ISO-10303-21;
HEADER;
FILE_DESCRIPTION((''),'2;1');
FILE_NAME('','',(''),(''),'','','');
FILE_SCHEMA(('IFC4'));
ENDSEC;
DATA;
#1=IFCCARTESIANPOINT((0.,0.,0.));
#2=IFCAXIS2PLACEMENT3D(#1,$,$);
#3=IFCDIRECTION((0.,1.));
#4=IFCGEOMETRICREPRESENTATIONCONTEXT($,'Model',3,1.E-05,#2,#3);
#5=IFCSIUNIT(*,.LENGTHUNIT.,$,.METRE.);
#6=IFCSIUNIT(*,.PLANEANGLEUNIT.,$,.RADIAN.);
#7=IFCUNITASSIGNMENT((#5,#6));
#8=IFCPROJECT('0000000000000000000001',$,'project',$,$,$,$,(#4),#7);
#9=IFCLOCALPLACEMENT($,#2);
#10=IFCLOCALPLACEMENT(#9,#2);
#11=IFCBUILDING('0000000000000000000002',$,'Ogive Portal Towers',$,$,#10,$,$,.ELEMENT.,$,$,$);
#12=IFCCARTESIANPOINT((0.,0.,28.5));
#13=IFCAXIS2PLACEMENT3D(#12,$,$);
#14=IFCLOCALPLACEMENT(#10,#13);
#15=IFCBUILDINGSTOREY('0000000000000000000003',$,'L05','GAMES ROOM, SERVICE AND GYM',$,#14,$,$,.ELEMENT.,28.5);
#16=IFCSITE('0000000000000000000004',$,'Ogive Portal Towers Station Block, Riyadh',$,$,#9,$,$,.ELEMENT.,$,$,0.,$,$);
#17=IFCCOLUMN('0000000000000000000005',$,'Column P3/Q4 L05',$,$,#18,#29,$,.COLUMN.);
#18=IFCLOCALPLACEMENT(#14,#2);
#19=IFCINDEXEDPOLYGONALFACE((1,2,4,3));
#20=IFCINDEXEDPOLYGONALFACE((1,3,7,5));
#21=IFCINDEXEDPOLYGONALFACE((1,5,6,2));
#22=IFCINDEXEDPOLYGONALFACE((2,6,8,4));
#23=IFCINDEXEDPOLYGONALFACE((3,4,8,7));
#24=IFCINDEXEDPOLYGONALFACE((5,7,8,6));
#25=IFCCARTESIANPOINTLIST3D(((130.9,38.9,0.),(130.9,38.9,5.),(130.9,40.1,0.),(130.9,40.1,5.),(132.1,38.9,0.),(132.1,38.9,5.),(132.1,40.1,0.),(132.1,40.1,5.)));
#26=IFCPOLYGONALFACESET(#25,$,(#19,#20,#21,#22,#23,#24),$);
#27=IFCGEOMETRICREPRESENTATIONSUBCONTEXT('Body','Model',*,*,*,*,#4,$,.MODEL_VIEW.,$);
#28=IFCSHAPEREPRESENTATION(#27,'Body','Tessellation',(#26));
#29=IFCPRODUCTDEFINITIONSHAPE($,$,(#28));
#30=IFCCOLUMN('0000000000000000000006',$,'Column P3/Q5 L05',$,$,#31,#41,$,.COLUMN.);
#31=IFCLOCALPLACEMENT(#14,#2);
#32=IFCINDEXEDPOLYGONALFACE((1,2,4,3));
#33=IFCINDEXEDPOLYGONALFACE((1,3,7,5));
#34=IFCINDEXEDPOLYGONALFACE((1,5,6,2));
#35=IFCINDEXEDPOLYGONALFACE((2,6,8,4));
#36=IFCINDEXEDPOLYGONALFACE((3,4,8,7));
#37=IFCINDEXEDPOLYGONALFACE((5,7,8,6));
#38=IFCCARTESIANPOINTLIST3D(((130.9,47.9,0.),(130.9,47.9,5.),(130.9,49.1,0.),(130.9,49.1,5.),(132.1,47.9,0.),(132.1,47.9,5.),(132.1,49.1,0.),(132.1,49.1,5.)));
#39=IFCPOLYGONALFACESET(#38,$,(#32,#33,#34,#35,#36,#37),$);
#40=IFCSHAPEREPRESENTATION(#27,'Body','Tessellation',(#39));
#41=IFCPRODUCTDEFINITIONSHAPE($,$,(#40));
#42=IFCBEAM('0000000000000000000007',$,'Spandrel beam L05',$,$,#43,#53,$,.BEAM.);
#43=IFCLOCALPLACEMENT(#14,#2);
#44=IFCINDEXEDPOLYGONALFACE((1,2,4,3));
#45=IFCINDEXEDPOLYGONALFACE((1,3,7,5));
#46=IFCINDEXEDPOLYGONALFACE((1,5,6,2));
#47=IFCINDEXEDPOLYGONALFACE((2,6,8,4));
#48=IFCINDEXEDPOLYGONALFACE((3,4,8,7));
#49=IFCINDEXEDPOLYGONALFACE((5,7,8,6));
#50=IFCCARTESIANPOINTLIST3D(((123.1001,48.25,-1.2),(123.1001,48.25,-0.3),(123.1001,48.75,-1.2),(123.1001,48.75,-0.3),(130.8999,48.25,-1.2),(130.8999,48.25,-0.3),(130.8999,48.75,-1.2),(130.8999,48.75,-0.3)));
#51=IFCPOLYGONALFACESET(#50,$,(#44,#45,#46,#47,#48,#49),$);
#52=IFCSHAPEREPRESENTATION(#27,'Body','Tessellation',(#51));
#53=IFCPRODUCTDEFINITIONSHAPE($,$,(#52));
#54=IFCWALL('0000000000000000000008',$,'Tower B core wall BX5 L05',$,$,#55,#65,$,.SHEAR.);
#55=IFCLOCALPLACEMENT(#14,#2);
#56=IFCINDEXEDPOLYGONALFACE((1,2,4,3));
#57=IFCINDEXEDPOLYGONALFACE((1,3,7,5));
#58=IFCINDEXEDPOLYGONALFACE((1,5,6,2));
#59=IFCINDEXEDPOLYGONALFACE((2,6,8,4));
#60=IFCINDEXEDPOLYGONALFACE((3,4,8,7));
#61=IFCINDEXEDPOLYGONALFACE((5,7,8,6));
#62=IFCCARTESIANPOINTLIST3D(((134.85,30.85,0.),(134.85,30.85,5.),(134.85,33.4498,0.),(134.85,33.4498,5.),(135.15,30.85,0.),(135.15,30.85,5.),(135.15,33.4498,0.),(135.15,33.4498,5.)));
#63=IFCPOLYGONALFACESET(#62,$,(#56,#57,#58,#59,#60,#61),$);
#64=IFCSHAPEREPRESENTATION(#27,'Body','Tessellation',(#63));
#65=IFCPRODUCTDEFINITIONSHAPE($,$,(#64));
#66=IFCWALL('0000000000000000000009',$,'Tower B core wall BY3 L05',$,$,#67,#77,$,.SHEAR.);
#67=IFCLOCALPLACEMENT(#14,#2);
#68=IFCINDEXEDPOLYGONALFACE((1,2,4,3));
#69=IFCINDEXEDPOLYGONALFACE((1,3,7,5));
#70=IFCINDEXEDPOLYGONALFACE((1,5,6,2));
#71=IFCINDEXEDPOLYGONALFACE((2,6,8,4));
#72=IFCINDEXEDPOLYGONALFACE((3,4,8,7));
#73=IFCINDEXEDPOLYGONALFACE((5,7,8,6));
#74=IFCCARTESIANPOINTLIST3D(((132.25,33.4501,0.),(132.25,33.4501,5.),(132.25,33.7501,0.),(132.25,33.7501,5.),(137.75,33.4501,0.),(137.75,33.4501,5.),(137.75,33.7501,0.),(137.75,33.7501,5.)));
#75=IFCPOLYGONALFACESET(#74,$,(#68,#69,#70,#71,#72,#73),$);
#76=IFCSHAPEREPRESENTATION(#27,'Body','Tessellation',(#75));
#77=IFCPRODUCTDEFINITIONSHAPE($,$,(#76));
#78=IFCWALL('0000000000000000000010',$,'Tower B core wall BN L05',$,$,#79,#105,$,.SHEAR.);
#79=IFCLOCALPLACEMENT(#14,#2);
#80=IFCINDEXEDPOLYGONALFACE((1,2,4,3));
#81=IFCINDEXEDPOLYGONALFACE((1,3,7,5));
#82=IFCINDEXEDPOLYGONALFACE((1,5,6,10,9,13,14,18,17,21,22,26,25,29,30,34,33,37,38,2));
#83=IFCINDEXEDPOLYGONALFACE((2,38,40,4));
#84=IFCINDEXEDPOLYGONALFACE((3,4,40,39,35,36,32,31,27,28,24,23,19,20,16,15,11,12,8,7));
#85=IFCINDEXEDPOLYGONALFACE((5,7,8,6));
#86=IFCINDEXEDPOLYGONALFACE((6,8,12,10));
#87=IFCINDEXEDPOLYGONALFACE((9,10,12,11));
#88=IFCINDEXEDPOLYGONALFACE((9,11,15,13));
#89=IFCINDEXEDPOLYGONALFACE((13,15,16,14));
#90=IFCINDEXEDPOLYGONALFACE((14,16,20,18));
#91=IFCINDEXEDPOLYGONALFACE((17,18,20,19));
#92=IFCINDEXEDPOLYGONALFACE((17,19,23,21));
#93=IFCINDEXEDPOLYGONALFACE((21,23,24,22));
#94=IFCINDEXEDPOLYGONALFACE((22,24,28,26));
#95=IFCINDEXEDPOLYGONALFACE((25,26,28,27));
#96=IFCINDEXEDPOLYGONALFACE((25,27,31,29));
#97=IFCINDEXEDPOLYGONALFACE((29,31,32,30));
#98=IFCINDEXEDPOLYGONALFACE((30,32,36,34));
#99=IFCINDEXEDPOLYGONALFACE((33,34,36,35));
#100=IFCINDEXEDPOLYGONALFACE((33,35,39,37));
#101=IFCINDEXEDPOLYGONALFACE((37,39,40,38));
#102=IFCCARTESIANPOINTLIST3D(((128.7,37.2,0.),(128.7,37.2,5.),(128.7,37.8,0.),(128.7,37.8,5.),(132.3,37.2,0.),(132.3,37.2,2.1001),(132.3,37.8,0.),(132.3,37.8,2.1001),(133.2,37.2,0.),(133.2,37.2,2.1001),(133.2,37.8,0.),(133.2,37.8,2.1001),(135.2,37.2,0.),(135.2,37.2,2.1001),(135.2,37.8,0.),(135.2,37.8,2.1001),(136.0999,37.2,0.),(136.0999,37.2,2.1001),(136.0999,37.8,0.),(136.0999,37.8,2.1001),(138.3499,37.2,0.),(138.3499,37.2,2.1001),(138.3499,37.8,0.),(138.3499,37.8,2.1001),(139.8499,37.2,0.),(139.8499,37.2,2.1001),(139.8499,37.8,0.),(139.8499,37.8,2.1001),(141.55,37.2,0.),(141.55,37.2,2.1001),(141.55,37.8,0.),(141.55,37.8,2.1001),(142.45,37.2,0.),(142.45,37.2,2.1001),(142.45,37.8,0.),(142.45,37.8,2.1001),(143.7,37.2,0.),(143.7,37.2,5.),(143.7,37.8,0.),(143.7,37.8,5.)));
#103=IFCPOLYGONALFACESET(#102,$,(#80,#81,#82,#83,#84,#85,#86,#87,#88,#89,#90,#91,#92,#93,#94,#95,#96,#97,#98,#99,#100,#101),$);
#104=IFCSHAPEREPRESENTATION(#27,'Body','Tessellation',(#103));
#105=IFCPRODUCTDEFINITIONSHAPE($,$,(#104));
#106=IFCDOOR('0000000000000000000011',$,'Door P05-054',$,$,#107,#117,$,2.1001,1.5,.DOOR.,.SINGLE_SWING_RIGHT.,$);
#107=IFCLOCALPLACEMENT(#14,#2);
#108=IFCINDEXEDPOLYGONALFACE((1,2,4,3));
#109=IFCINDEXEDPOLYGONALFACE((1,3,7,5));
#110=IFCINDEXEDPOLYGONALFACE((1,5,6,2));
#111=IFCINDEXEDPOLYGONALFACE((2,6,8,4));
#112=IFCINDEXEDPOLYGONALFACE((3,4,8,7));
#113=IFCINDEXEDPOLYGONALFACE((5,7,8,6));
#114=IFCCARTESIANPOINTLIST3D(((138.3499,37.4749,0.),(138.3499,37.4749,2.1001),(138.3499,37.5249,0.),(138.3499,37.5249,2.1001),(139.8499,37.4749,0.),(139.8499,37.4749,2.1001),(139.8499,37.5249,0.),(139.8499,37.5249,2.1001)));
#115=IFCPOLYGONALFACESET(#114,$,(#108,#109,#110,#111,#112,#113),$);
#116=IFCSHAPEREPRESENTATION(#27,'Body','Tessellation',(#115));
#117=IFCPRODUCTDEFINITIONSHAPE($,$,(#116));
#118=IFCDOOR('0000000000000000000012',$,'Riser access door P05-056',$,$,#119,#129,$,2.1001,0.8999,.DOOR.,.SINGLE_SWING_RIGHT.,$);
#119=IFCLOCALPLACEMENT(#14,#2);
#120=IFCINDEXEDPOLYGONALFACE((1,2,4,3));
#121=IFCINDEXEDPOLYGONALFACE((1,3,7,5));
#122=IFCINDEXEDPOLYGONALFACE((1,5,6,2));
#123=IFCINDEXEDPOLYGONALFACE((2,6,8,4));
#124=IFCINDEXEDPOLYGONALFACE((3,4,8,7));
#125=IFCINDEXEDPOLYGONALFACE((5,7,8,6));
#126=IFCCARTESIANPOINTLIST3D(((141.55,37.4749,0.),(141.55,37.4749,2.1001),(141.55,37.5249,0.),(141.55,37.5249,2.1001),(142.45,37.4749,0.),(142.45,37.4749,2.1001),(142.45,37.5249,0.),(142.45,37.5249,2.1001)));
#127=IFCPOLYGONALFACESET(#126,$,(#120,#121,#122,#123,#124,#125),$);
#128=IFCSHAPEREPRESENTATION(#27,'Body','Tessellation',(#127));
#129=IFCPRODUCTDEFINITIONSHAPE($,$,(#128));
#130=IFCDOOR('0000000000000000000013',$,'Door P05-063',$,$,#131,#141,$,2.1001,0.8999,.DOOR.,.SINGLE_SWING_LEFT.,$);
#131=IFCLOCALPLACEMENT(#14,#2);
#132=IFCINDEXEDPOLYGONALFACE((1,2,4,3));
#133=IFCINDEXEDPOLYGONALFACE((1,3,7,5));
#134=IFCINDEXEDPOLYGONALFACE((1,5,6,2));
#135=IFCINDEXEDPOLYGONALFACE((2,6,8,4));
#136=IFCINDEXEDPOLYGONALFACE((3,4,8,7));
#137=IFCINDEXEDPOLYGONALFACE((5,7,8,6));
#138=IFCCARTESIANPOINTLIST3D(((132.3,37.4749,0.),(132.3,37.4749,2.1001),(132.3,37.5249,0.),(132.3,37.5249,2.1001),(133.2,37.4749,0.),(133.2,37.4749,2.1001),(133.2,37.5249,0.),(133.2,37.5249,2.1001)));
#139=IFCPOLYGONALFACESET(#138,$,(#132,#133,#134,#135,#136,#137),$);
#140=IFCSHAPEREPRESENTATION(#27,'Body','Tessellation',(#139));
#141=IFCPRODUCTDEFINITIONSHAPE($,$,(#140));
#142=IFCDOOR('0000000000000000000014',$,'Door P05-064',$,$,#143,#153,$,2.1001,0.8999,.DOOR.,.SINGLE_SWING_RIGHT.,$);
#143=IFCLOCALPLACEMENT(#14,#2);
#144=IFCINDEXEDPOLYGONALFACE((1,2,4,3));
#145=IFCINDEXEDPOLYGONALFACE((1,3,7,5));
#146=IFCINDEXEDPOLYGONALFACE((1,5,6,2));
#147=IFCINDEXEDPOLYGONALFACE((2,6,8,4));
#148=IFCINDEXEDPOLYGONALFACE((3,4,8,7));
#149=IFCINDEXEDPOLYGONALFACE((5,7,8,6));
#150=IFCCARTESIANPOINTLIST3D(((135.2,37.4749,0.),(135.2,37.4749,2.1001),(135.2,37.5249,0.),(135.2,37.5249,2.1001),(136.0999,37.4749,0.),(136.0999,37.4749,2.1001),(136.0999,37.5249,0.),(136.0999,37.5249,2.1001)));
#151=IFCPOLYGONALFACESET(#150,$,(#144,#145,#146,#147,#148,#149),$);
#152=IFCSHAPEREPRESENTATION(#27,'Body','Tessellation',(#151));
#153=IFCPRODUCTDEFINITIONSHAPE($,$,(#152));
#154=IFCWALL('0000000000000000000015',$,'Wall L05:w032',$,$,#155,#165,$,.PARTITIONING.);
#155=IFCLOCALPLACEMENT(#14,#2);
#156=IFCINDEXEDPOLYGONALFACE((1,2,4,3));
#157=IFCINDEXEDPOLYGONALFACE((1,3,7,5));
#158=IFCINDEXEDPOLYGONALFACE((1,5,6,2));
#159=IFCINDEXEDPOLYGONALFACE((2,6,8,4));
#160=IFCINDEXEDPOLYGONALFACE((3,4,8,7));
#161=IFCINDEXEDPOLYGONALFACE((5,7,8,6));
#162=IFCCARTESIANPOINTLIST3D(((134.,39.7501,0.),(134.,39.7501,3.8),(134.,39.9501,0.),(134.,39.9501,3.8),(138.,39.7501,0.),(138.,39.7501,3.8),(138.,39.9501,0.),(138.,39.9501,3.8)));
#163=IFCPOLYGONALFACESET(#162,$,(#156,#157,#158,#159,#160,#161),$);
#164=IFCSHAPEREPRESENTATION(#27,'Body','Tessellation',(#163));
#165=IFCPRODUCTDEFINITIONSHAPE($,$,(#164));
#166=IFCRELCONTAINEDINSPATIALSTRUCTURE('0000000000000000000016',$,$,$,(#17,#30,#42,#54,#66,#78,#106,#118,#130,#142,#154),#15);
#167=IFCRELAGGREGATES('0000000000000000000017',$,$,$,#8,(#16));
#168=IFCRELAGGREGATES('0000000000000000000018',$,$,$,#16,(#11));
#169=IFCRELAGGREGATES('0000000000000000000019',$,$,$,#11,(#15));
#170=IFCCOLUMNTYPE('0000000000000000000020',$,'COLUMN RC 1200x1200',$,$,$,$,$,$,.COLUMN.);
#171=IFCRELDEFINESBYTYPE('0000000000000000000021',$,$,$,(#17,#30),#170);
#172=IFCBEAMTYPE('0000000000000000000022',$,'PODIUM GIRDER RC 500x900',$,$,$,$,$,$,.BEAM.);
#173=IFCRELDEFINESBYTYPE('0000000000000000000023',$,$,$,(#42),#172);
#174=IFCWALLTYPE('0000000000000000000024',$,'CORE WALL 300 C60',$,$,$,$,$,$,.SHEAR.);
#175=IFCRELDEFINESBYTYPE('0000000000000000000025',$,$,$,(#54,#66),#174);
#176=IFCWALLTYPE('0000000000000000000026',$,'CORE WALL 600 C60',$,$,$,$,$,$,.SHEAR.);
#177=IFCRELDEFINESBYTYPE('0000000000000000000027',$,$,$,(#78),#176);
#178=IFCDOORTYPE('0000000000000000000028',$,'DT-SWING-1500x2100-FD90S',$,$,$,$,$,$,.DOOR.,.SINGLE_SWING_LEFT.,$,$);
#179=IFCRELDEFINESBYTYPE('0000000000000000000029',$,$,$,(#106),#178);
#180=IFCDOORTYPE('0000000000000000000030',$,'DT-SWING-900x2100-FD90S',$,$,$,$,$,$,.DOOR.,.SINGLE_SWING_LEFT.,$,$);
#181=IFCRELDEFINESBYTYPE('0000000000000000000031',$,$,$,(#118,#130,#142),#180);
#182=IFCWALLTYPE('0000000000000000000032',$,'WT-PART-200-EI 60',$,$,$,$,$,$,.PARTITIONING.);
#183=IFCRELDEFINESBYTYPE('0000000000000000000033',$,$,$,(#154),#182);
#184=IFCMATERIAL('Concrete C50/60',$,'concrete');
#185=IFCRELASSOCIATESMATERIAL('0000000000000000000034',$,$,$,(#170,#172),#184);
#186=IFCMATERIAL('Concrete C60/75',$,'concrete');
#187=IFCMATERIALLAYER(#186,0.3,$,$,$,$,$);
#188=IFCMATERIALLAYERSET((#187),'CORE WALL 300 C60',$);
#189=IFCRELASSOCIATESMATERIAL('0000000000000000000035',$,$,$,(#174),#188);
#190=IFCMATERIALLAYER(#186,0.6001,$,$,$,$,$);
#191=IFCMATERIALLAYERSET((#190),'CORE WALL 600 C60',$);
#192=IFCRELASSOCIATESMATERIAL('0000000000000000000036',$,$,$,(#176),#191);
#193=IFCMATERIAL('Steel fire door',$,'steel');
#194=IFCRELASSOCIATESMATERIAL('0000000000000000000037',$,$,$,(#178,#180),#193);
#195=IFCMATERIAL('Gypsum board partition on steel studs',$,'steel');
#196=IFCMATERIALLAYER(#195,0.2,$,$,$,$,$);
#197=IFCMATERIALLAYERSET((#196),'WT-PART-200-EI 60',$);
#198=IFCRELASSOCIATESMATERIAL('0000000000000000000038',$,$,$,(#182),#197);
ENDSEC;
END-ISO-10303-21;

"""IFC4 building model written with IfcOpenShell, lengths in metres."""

from ifc_helpers import new_model, si_unit, direction, frame, frame_2d, origin, origin_2d, place, context, subcontext, project, spatial, rectangle, extrude, material, layer, layer_set, material_profile, profile_set, type_object, element, fill, save


model = new_model("IFC4")

# Units and contexts
model_context = context("Model", 3, precision=1e-05, world=origin(), true_north=direction((0.0, 1.0)))
body_context = subcontext(model_context, "Body", "Model", "MODEL_VIEW")
ifc_project = project(units=[si_unit("LENGTHUNIT", "METRE"), si_unit("PLANEANGLEUNIT", "RADIAN")], contexts=[model_context])

# Site, building, storey
site_placement = place(None, origin())
site = spatial("IfcSite", under=ifc_project, at=site_placement, Name="Ogive Portal Towers Station Block, Riyadh", CompositionType="ELEMENT", RefElevation=0.0)
building_placement = place(site_placement, origin())
building = spatial("IfcBuilding", under=site, at=building_placement, Name="Ogive Portal Towers", CompositionType="ELEMENT")
storey_placement = place(building_placement, frame((0.0, 0.0, 28.5)))
storey = spatial("IfcBuildingStorey", under=building, at=storey_placement, Name="L05", Description="GAMES ROOM, SERVICE AND GYM", CompositionType="ELEMENT", Elevation=28.5)

# Columns
ifc_material_1 = material(Name="Concrete C50/60", Category="concrete")
ifc_material_profile_1 = material_profile(ifc_material_1, rectangle(XDim=1.2, YDim=1.2, at=origin_2d()), Name="RC 1200x1200")
ifc_profile_set_1 = profile_set([ifc_material_profile_1], Name="Concrete C50/60")
column_type = type_object("IfcColumnType", Name="COLUMN RC 1200x1200", PredefinedType="COLUMN", material=ifc_profile_set_1)
for number, where, z_axis, x_axis, name in (
    (1, (131.5, 39.5, 0.0), (0.0, 0.0, 1.0), (1.0, 0.0, 0.0), "Column P3/Q4 L05"),
    (2, (131.5, 48.5, 0.0), (0.0, 0.0, 1.0), (1.0, 0.0, 0.0), "Column P3/Q5 L05"),
):
    element("IfcColumn", number, at=place(storey_placement, frame(where, z_axis=z_axis, x_axis=x_axis)), inside=storey, type_object=column_type, Name=name, PredefinedType="COLUMN", context=body_context, shape_type="SweptSolid", body=[
        extrude(rectangle(XDim=1.2, YDim=1.2, at=origin_2d()), origin(), (0.0, 0.0, 1.0), 5.0),
    ])

# Beam
ifc_material_profile_2 = material_profile(ifc_material_1, rectangle(XDim=0.5, YDim=0.8999, at=origin_2d()), Name="RC 500x900")
ifc_profile_set_2 = profile_set([ifc_material_profile_2], Name="Concrete C50/60")
beam_type = type_object("IfcBeamType", Name="PODIUM GIRDER RC 500x900", PredefinedType="BEAM", material=ifc_profile_set_2)
beam_placement = place(storey_placement, frame((130.8999, 48.5, -0.75), z_axis=(-1.0, 0.0, 0.0), x_axis=(0.0, -1.0, 0.0)))
element("IfcBeam", 3, at=beam_placement, inside=storey, type_object=beam_type, Name="Spandrel beam L05", PredefinedType="BEAM", context=body_context, shape_type="SweptSolid", body=[
    extrude(rectangle(XDim=0.5, YDim=0.8999, at=origin_2d()), origin(), (0.0, 0.0, 1.0), 7.7998),
])

# Walls
ifc_material_2 = material(Name="Concrete C60/75", Category="concrete")
ifc_layer_1 = layer(ifc_material_2, 0.3)
ifc_layer_set_1 = layer_set([ifc_layer_1], Name="CORE WALL 300 C60")
wall_type_1 = type_object("IfcWallType", Name="CORE WALL 300 C60", PredefinedType="SHEAR", material=ifc_layer_set_1)
wall_1_placement = place(storey_placement, frame((135.0, 30.8501, 0.0), z_axis=(0.0, 0.0, 1.0), x_axis=(0.0, 1.0, 0.0)))
element("IfcWall", 4, at=wall_1_placement, inside=storey, type_object=wall_type_1, Name="Tower B core wall BX5 L05", PredefinedType="SHEAR", context=body_context, shape_type="SweptSolid", body=[
    extrude(rectangle(XDim=2.5999, YDim=0.3, at=frame_2d((1.2998, 0.0))), origin(), (0.0, 0.0, 1.0), 5.0),
])
wall_2_placement = place(storey_placement, frame((132.25, 33.6001, 0.0), z_axis=(0.0, 0.0, 1.0), x_axis=(1.0, 0.0, 0.0)))
element("IfcWall", 5, at=wall_2_placement, inside=storey, type_object=wall_type_1, Name="Tower B core wall BY3 L05", PredefinedType="SHEAR", context=body_context, shape_type="SweptSolid", body=[
    extrude(rectangle(XDim=5.5, YDim=0.3, at=frame_2d((2.75, 0.0))), origin(), (0.0, 0.0, 1.0), 5.0),
])

# Wall, openings, doors
ifc_layer_2 = layer(ifc_material_2, 0.6001)
ifc_layer_set_2 = layer_set([ifc_layer_2], Name="CORE WALL 600 C60")
wall_type_2 = type_object("IfcWallType", Name="CORE WALL 600 C60", PredefinedType="SHEAR", material=ifc_layer_set_2)
wall_3_placement = place(storey_placement, frame((128.7, 37.5, 0.0), z_axis=(0.0, 0.0, 1.0), x_axis=(1.0, 0.0, 0.0)))
wall_3 = element("IfcWall", 6, at=wall_3_placement, inside=storey, type_object=wall_type_2, Name="Tower B core wall BN L05", PredefinedType="SHEAR", context=body_context, shape_type="SweptSolid", body=[
    extrude(rectangle(XDim=15.0, YDim=0.6001, at=frame_2d((7.5, 0.0))), origin(), (0.0, 0.0, 1.0), 5.0),
])
opening_1_placement = place(wall_3_placement, frame((9.6499, 0.0, 0.0)))
opening_1 = element("IfcOpeningElement", 7, at=opening_1_placement, cuts=wall_3, PredefinedType="OPENING", context=body_context, shape_type="SweptSolid", body=[
    extrude(rectangle(XDim=1.5, YDim=2.1001, at=frame_2d((0.75, 1.05))), frame((0.0, 0.3101, 0.0), z_axis=(0.0, -1.0, 0.0), x_axis=(1.0, 0.0, 0.0)), (0.0, 0.0, 1.0), 0.6201),
])
opening_2_placement = place(wall_3_placement, frame((12.8501, 0.0, 0.0)))
opening_2 = element("IfcOpeningElement", 8, at=opening_2_placement, cuts=wall_3, PredefinedType="OPENING", context=body_context, shape_type="SweptSolid", body=[
    extrude(rectangle(XDim=0.8999, YDim=2.1001, at=frame_2d((0.45, 1.05))), frame((0.0, 0.3101, 0.0), z_axis=(0.0, -1.0, 0.0), x_axis=(1.0, 0.0, 0.0)), (0.0, 0.0, 1.0), 0.6201),
])
opening_3_placement = place(wall_3_placement, frame((3.6001, 0.0, 0.0)))
opening_3 = element("IfcOpeningElement", 9, at=opening_3_placement, cuts=wall_3, PredefinedType="OPENING", context=body_context, shape_type="SweptSolid", body=[
    extrude(rectangle(XDim=0.8999, YDim=2.1001, at=frame_2d((0.45, 1.05))), frame((0.0, 0.3101, 0.0), z_axis=(0.0, -1.0, 0.0), x_axis=(1.0, 0.0, 0.0)), (0.0, 0.0, 1.0), 0.6201),
])
opening_4_placement = place(wall_3_placement, frame((6.5, 0.0, 0.0)))
opening_4 = element("IfcOpeningElement", 10, at=opening_4_placement, cuts=wall_3, PredefinedType="OPENING", context=body_context, shape_type="SweptSolid", body=[
    extrude(rectangle(XDim=0.8999, YDim=2.1001, at=frame_2d((0.45, 1.05))), frame((0.0, 0.3101, 0.0), z_axis=(0.0, -1.0, 0.0), x_axis=(1.0, 0.0, 0.0)), (0.0, 0.0, 1.0), 0.6201),
])
ifc_material_3 = material(Name="Steel fire door", Category="steel")
door_type_1 = type_object("IfcDoorType", Name="DT-SWING-1500x2100-FD90S", OperationType="SINGLE_SWING_LEFT", PredefinedType="DOOR", material=ifc_material_3)
door_1_placement = place(opening_1_placement, origin())
door_1 = element("IfcDoor", 11, at=door_1_placement, inside=storey, type_object=door_type_1, Name="Door P05-054", OperationType="SINGLE_SWING_RIGHT", OverallHeight=2.1001, OverallWidth=1.5, PredefinedType="DOOR", context=body_context, shape_type="SweptSolid", body=[
    extrude(rectangle(XDim=1.5, YDim=2.1001, at=frame_2d((0.75, 1.05))), frame((0.0, 0.0249, 0.0), z_axis=(0.0, -1.0, 0.0), x_axis=(1.0, 0.0, 0.0)), (0.0, 0.0, 1.0), 0.05),
])
fill(opening_1, door_1)
door_type_2 = type_object("IfcDoorType", Name="DT-SWING-900x2100-FD90S", OperationType="SINGLE_SWING_LEFT", PredefinedType="DOOR", material=ifc_material_3)
door_2_placement = place(opening_2_placement, origin())
door_2 = element("IfcDoor", 12, at=door_2_placement, inside=storey, type_object=door_type_2, Name="Riser access door P05-056", OperationType="SINGLE_SWING_RIGHT", OverallHeight=2.1001, OverallWidth=0.8999, PredefinedType="DOOR", context=body_context, shape_type="SweptSolid", body=[
    extrude(rectangle(XDim=0.8999, YDim=2.1001, at=frame_2d((0.45, 1.05))), frame((0.0, 0.0249, 0.0), z_axis=(0.0, -1.0, 0.0), x_axis=(1.0, 0.0, 0.0)), (0.0, 0.0, 1.0), 0.05),
])
fill(opening_2, door_2)
door_3_placement = place(opening_3_placement, origin())
door_3 = element("IfcDoor", 13, at=door_3_placement, inside=storey, type_object=door_type_2, Name="Door P05-063", OperationType="SINGLE_SWING_LEFT", OverallHeight=2.1001, OverallWidth=0.8999, PredefinedType="DOOR", context=body_context, shape_type="SweptSolid", body=[
    extrude(rectangle(XDim=0.8999, YDim=2.1001, at=frame_2d((0.45, 1.05))), frame((0.0, 0.0249, 0.0), z_axis=(0.0, -1.0, 0.0), x_axis=(1.0, 0.0, 0.0)), (0.0, 0.0, 1.0), 0.05),
])
fill(opening_3, door_3)
door_4_placement = place(opening_4_placement, origin())
door_4 = element("IfcDoor", 14, at=door_4_placement, inside=storey, type_object=door_type_2, Name="Door P05-064", OperationType="SINGLE_SWING_RIGHT", OverallHeight=2.1001, OverallWidth=0.8999, PredefinedType="DOOR", context=body_context, shape_type="SweptSolid", body=[
    extrude(rectangle(XDim=0.8999, YDim=2.1001, at=frame_2d((0.45, 1.05))), frame((0.0, 0.0249, 0.0), z_axis=(0.0, -1.0, 0.0), x_axis=(1.0, 0.0, 0.0)), (0.0, 0.0, 1.0), 0.05),
])
fill(opening_4, door_4)

# Wall
ifc_material_4 = material(Name="Gypsum board partition on steel studs", Category="steel")
ifc_layer_3 = layer(ifc_material_4, 0.2)
ifc_layer_set_3 = layer_set([ifc_layer_3], Name="WT-PART-200-EI 60")
wall_type_3 = type_object("IfcWallType", Name="WT-PART-200-EI 60", PredefinedType="PARTITIONING", material=ifc_layer_set_3)
wall_4_placement = place(storey_placement, frame((134.0, 39.8501, 0.0), z_axis=(0.0, 0.0, 1.0), x_axis=(1.0, 0.0, 0.0)))
element("IfcWall", 15, at=wall_4_placement, inside=storey, type_object=wall_type_3, Name="Wall L05:w032", PredefinedType="PARTITIONING", context=body_context, shape_type="SweptSolid", body=[
    extrude(rectangle(XDim=4.0, YDim=0.2, at=frame_2d((2.0, 0.0))), origin(), (0.0, 0.0, 1.0), 3.8),
])

save(model, "model.ifc")
